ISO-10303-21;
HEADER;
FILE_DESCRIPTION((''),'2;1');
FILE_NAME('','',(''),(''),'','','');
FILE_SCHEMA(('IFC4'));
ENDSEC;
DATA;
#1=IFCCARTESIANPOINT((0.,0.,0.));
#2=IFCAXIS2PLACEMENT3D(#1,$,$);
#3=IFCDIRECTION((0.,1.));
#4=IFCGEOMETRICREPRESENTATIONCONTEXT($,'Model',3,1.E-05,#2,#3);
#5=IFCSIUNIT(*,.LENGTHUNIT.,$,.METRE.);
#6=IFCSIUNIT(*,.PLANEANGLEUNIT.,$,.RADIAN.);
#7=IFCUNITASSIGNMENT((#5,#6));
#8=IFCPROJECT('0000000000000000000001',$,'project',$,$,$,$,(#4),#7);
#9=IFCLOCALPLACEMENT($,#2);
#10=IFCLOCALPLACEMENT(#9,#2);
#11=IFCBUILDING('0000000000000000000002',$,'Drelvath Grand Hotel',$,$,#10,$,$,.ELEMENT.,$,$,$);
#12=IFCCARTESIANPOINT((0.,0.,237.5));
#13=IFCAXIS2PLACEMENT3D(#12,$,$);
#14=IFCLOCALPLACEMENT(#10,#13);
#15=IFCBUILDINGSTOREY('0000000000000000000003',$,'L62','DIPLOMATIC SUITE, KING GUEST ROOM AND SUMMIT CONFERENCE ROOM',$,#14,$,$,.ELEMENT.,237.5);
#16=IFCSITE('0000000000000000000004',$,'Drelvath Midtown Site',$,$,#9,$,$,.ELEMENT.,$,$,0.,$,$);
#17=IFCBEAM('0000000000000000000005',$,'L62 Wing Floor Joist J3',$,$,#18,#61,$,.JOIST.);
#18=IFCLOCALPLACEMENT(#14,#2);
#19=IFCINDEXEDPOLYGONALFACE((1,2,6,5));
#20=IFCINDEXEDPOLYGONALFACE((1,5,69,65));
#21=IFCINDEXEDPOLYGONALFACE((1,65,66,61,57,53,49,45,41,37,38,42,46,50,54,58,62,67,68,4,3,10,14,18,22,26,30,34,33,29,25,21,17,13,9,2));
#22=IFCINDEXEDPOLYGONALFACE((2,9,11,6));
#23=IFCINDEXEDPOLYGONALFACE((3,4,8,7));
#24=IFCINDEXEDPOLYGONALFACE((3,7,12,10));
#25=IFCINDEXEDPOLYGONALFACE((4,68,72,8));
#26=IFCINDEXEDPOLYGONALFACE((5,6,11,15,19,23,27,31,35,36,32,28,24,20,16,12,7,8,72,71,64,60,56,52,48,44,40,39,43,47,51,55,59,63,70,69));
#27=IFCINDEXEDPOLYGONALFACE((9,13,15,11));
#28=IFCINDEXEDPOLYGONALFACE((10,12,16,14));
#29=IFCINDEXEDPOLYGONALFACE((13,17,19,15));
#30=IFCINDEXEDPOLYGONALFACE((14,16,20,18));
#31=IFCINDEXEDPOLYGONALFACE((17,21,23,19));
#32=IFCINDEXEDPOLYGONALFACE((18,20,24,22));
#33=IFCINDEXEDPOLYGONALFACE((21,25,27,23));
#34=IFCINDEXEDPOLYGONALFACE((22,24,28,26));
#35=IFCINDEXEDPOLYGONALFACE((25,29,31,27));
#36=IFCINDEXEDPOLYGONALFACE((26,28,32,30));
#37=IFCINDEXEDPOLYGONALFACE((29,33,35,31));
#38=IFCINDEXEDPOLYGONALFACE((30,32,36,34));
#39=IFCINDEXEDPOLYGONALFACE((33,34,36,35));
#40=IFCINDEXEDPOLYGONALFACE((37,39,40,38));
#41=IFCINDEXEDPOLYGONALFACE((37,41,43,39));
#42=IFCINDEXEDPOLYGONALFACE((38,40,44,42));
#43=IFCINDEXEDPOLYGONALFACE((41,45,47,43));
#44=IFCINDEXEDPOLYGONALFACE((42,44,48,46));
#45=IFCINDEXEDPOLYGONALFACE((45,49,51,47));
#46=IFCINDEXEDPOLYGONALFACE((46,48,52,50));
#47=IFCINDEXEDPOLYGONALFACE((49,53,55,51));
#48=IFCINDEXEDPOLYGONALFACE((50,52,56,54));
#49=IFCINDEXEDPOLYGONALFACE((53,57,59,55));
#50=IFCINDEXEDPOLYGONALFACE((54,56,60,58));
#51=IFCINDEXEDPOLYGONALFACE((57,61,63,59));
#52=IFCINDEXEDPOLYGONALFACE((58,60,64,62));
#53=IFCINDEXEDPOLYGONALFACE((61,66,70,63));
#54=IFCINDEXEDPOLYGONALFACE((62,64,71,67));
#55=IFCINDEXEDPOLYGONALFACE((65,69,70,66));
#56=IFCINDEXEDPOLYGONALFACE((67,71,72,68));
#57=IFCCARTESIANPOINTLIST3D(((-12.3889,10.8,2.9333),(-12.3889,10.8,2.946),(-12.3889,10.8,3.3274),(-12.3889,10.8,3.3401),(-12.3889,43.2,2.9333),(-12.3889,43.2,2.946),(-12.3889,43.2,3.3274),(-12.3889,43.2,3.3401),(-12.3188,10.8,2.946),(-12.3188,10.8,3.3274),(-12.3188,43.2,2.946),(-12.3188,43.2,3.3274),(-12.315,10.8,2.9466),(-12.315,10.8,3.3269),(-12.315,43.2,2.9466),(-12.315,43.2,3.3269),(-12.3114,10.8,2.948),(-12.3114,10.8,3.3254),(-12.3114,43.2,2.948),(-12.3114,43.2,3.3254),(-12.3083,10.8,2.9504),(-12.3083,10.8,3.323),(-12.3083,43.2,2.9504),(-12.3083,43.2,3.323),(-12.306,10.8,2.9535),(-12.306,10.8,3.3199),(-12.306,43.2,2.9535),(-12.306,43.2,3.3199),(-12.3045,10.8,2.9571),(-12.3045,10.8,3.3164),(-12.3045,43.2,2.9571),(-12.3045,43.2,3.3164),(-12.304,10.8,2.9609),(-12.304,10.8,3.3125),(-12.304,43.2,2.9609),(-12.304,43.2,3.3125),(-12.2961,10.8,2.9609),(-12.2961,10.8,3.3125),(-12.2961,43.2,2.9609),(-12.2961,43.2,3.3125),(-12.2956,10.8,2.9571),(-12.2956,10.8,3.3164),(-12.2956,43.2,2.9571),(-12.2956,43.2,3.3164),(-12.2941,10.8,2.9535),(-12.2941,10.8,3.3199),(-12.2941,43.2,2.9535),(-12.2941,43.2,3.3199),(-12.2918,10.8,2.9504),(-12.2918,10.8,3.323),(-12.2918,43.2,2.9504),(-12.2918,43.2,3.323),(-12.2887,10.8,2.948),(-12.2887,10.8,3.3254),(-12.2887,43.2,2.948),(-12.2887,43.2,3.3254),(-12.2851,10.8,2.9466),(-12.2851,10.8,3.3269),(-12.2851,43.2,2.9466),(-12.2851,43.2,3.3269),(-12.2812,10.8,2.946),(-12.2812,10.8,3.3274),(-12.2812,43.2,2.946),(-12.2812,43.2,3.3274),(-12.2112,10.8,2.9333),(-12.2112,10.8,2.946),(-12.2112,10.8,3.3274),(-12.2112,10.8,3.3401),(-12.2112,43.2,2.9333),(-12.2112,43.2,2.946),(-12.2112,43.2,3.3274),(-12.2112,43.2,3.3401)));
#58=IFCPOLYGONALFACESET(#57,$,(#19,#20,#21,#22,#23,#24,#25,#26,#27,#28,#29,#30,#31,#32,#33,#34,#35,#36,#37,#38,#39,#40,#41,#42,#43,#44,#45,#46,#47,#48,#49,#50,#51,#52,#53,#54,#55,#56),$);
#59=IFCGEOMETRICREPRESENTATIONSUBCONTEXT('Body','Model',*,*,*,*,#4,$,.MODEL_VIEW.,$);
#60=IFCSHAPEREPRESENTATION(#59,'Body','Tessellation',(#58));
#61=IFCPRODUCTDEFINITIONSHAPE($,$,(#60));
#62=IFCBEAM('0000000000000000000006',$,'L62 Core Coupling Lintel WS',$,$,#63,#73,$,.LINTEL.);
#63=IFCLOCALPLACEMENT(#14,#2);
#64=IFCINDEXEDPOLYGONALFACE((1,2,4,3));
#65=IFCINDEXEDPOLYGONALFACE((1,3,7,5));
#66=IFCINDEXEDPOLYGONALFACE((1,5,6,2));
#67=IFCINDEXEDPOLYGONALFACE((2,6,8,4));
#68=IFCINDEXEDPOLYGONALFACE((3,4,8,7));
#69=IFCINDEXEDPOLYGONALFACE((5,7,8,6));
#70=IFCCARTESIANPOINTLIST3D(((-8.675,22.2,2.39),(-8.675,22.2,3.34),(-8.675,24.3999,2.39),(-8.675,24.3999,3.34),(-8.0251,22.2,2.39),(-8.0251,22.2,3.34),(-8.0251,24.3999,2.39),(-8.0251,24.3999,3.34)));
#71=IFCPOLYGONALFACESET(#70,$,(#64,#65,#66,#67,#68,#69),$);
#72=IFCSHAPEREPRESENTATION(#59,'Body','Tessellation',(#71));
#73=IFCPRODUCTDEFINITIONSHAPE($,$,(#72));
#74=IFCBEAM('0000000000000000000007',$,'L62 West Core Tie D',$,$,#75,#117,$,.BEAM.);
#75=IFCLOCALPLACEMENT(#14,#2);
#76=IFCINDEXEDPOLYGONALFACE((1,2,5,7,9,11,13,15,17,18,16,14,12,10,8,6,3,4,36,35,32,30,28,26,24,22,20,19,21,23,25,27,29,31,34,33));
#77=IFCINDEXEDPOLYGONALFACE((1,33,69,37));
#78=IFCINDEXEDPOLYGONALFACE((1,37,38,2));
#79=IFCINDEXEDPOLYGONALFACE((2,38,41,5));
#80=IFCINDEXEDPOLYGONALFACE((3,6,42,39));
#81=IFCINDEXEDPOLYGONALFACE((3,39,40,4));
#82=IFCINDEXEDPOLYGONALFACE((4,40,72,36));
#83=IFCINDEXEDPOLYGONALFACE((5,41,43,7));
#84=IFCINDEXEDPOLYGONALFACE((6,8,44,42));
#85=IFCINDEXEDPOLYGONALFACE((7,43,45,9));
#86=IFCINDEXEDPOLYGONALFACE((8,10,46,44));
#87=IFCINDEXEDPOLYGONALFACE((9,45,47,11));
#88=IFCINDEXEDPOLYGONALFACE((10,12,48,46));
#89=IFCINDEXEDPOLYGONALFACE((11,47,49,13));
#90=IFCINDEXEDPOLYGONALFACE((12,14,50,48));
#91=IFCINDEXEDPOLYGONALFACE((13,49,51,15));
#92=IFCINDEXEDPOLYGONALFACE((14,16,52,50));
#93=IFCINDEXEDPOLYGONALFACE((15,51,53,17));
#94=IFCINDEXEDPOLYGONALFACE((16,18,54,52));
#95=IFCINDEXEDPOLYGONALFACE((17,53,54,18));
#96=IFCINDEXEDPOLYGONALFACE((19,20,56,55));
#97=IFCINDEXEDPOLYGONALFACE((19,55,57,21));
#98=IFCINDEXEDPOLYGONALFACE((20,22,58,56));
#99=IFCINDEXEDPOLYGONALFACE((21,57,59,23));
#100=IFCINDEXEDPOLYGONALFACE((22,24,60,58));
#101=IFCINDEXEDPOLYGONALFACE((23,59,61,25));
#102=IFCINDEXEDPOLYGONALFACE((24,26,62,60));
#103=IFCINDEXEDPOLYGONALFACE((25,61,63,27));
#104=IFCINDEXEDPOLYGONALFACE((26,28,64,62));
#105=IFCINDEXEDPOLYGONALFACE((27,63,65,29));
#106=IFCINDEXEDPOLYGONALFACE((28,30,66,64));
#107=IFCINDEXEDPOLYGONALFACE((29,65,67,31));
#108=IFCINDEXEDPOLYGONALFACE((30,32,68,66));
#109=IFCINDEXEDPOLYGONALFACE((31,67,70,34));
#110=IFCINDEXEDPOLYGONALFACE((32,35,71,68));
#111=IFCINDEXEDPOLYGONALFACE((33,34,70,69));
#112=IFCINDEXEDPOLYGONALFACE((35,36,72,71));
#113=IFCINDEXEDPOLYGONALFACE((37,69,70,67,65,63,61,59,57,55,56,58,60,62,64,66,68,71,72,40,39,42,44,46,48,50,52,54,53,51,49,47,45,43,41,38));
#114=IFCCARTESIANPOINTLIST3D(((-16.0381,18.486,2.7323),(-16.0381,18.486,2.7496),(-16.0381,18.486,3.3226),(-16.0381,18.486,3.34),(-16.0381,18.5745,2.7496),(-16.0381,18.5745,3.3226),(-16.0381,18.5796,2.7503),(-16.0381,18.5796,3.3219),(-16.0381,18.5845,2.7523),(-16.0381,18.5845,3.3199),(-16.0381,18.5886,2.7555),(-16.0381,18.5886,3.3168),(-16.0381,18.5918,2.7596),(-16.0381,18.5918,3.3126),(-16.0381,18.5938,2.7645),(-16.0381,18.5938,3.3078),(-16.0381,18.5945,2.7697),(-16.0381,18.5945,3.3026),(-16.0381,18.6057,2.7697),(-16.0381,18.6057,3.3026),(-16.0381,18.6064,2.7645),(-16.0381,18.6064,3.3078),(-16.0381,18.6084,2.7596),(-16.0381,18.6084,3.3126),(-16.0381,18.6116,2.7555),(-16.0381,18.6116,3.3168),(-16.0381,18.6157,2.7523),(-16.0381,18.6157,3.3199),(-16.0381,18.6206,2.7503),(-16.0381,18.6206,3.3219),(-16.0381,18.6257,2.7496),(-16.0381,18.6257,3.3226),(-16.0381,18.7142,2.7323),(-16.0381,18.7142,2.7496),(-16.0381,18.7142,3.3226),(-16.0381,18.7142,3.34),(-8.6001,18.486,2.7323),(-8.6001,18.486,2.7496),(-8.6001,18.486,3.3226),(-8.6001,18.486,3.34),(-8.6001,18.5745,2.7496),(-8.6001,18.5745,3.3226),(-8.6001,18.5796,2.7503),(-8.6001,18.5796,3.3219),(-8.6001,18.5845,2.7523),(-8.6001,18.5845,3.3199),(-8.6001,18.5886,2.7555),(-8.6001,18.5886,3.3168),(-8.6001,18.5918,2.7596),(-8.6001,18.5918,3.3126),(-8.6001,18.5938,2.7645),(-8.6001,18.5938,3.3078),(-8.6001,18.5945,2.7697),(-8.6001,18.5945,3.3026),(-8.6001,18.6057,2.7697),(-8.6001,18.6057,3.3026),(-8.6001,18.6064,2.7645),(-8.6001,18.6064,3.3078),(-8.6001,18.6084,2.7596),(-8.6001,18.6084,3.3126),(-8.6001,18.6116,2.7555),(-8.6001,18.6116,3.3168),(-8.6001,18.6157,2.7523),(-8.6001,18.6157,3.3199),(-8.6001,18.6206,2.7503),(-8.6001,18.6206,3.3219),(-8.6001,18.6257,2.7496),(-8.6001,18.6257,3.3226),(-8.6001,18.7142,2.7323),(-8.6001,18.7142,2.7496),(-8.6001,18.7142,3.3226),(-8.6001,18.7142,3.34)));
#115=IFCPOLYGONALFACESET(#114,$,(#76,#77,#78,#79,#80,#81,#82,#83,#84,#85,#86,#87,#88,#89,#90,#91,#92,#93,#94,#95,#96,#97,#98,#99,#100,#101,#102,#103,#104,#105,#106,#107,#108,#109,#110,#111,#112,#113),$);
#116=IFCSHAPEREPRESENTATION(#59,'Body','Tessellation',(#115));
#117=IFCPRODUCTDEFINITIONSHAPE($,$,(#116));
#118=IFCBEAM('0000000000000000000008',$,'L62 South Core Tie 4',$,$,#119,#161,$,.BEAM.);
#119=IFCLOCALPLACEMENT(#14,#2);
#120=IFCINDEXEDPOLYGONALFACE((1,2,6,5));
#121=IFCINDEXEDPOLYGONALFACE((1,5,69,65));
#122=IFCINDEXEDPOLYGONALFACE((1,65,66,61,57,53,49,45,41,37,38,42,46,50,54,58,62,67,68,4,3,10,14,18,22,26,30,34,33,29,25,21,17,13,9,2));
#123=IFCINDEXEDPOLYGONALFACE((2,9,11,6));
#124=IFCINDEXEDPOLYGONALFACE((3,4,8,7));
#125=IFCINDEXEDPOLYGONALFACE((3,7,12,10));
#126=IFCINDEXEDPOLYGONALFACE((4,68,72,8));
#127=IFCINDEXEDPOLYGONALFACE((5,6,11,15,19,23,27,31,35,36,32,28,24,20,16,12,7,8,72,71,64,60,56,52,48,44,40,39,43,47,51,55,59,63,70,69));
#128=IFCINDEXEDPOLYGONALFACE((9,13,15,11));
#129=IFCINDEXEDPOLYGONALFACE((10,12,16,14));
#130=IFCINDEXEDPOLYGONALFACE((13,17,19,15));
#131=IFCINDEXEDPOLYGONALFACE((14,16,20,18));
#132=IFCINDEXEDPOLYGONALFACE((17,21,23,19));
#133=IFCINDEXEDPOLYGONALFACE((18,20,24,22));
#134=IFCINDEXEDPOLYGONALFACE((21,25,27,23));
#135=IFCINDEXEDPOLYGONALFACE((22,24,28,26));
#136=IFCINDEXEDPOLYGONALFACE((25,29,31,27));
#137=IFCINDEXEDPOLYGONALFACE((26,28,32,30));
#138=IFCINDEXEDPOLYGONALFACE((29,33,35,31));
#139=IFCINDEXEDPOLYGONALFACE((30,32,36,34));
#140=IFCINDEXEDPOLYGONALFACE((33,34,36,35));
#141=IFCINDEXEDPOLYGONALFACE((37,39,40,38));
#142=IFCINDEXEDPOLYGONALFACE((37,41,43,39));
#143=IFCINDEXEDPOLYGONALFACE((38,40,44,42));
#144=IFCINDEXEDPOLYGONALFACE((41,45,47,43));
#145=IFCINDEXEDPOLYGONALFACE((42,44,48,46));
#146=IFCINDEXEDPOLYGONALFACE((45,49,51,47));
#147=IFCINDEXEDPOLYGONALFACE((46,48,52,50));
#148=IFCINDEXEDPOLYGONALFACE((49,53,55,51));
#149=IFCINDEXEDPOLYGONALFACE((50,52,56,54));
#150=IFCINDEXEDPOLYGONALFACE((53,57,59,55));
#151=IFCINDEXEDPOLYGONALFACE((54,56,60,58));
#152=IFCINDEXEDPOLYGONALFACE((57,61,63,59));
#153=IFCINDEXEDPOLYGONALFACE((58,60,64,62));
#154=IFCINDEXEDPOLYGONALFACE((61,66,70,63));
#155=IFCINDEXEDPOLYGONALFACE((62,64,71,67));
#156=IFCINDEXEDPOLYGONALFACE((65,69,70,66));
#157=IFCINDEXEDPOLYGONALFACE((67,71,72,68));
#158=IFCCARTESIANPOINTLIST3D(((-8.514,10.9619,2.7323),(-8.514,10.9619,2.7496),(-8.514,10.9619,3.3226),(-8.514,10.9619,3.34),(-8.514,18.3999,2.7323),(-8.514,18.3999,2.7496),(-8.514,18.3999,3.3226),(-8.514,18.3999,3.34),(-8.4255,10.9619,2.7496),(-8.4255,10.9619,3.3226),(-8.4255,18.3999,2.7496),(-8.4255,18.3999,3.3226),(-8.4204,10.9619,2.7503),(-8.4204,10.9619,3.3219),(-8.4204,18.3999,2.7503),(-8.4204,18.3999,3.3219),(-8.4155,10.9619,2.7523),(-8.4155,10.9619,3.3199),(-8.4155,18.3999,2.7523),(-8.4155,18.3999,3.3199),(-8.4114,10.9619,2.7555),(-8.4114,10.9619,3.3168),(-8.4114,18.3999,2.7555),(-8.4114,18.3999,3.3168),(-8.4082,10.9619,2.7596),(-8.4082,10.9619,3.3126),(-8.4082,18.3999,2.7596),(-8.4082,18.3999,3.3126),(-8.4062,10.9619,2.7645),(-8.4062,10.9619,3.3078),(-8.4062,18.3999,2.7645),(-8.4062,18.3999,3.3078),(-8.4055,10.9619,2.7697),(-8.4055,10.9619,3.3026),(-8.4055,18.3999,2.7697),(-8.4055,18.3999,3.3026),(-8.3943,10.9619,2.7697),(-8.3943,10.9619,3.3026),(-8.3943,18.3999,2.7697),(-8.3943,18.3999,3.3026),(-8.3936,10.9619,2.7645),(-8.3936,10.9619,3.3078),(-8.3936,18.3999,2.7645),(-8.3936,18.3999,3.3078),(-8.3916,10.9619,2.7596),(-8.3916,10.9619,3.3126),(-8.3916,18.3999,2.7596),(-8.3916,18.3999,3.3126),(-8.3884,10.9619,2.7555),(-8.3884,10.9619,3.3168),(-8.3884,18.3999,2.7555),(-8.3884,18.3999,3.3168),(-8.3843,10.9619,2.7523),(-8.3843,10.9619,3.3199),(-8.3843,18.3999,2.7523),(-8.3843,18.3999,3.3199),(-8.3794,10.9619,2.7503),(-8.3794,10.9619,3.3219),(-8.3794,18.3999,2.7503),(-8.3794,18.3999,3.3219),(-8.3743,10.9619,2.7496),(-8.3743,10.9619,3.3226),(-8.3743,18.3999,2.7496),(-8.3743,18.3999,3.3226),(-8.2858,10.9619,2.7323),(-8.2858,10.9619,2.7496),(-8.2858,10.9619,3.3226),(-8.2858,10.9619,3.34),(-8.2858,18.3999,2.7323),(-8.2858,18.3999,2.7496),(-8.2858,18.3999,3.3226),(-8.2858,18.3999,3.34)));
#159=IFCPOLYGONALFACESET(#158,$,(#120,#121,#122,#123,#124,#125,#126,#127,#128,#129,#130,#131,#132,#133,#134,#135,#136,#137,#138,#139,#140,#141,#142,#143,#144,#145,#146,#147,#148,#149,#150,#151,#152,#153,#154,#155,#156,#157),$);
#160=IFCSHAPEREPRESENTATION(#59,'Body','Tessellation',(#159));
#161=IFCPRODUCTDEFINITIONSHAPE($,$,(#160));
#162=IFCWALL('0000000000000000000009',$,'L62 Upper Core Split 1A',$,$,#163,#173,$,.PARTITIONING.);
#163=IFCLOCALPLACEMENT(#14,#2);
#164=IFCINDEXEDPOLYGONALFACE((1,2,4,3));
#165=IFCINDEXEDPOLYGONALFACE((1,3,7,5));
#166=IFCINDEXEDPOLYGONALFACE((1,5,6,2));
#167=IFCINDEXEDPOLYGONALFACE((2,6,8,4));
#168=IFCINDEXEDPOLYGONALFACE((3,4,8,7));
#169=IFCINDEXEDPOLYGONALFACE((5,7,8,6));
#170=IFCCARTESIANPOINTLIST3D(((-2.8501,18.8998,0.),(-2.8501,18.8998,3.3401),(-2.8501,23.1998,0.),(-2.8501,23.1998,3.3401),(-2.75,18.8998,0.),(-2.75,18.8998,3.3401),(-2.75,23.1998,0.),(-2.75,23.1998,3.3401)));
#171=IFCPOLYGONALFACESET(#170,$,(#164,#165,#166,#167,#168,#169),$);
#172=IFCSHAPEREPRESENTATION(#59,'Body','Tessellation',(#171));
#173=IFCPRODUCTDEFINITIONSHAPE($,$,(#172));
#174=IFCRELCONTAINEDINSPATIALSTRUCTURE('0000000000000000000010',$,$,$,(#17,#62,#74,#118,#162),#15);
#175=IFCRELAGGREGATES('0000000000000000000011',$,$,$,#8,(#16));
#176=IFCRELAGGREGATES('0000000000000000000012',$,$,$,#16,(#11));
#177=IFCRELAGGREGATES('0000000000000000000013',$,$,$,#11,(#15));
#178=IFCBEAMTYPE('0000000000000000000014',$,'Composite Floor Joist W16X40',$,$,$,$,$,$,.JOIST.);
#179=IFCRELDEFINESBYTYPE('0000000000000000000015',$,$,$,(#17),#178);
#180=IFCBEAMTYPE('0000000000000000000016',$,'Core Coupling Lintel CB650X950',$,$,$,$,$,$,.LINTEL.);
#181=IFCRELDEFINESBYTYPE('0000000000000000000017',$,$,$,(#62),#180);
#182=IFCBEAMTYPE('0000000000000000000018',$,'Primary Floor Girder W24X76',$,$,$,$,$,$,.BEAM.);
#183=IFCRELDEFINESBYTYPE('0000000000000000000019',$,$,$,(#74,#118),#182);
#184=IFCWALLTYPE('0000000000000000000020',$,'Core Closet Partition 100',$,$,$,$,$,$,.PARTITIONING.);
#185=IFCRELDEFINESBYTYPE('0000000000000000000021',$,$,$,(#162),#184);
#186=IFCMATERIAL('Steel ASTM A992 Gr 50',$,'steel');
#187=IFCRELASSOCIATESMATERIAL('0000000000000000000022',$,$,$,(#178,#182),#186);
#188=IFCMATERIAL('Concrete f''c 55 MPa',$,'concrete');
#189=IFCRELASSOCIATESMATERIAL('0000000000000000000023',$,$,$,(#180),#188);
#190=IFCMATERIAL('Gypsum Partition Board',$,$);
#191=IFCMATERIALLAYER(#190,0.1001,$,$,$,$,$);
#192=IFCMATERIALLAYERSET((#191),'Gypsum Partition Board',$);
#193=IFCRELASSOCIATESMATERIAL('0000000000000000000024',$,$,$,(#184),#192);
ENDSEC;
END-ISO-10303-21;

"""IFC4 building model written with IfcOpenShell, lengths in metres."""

from ifc_helpers import new_model, si_unit, direction, frame, frame_2d, origin, origin_2d, place, context, subcontext, project, spatial, rectangle, i_section, extrude, material, layer, layer_set, material_profile, profile_set, type_object, element, save


model = new_model("IFC4")

# Units and contexts
model_context = context("Model", 3, precision=1e-05, world=origin(), true_north=direction((0.0, 1.0)))
body_context = subcontext(model_context, "Body", "Model", "MODEL_VIEW")
ifc_project = project(units=[si_unit("LENGTHUNIT", "METRE"), si_unit("PLANEANGLEUNIT", "RADIAN")], contexts=[model_context])

# Site, building, storey
site_placement = place(None, origin())
site = spatial("IfcSite", under=ifc_project, at=site_placement, Name="Drelvath Midtown Site", CompositionType="ELEMENT", RefElevation=0.0)
building_placement = place(site_placement, origin())
building = spatial("IfcBuilding", under=site, at=building_placement, Name="Drelvath Grand Hotel", CompositionType="ELEMENT")
storey_placement = place(building_placement, frame((0.0, 0.0, 237.5)))
storey = spatial("IfcBuildingStorey", under=building, at=storey_placement, Name="L62", Description="DIPLOMATIC SUITE, KING GUEST ROOM AND SUMMIT CONFERENCE ROOM", CompositionType="ELEMENT", Elevation=237.5)

# Beams
ifc_material_1 = material(Name="Steel ASTM A992 Gr 50", Category="steel")
ifc_material_profile_1 = material_profile(ifc_material_1, i_section(OverallWidth=0.1777, OverallDepth=0.4067, WebThickness=0.0078, FlangeThickness=0.0127, FilletRadius=0.0149, at=origin_2d()), Name="W16X40")
ifc_profile_set_1 = profile_set([ifc_material_profile_1], Name="Steel ASTM A992 Gr 50")
beam_type_1 = type_object("IfcBeamType", Name="Composite Floor Joist W16X40", PredefinedType="JOIST", material=ifc_profile_set_1)
beam_1_placement = place(storey_placement, frame((-12.3, 10.8, 3.1367), z_axis=(0.0, 1.0, 0.0), x_axis=(-1.0, 0.0, 0.0)))
element("IfcBeam", 1, at=beam_1_placement, inside=storey, type_object=beam_type_1, Name="L62 Wing Floor Joist J3", PredefinedType="JOIST", context=body_context, shape_type="SweptSolid", body=[
    extrude(i_section(OverallWidth=0.1777, OverallDepth=0.4067, WebThickness=0.0078, FlangeThickness=0.0127, FilletRadius=0.0149, at=origin_2d()), origin(), (0.0, 0.0, 1.0), 32.3999),
])
ifc_material_2 = material(Name="Concrete f'c 55 MPa", Category="concrete")
ifc_material_profile_2 = material_profile(ifc_material_2, rectangle(XDim=0.6499, YDim=0.95, at=origin_2d()), Name="CB650X950")
ifc_profile_set_2 = profile_set([ifc_material_profile_2], Name="Concrete f'c 55 MPa")
beam_type_2 = type_object("IfcBeamType", Name="Core Coupling Lintel CB650X950", PredefinedType="LINTEL", material=ifc_profile_set_2)
beam_2_placement = place(storey_placement, frame((-8.3501, 22.2, 2.865), z_axis=(0.0, 1.0, 0.0), x_axis=(-1.0, 0.0, 0.0)))
element("IfcBeam", 2, at=beam_2_placement, inside=storey, type_object=beam_type_2, Name="L62 Core Coupling Lintel WS", PredefinedType="LINTEL", context=body_context, shape_type="SweptSolid", body=[
    extrude(rectangle(XDim=0.6499, YDim=0.95, at=origin_2d()), origin(), (0.0, 0.0, 1.0), 2.2),
])
ifc_material_profile_3 = material_profile(ifc_material_1, i_section(OverallWidth=0.2283, OverallDepth=0.6077, WebThickness=0.0112, FlangeThickness=0.0173, FilletRadius=0.02, at=origin_2d()), Name="W24X76")
ifc_profile_set_3 = profile_set([ifc_material_profile_3], Name="Steel ASTM A992 Gr 50")
beam_type_3 = type_object("IfcBeamType", Name="Primary Floor Girder W24X76", PredefinedType="BEAM", material=ifc_profile_set_3)
for number, where, z_axis, x_axis, name in (
    (3, (-16.0381, 18.6001, 3.0361), (1.0, 0.0, 0.0), (0.0, 1.0, 0.0), "L62 West Core Tie D"),
    (4, (-8.3999, 10.9619, 3.0361), (0.0, 1.0, 0.0), (-1.0, 0.0, 0.0), "L62 South Core Tie 4"),
):
    element("IfcBeam", number, at=place(storey_placement, frame(where, z_axis=z_axis, x_axis=x_axis)), inside=storey, type_object=beam_type_3, Name=name, PredefinedType="BEAM", context=body_context, shape_type="SweptSolid", body=[
        extrude(i_section(OverallWidth=0.2283, OverallDepth=0.6077, WebThickness=0.0112, FlangeThickness=0.0173, FilletRadius=0.02, at=origin_2d()), origin(), (0.0, 0.0, 1.0), 7.438),
    ])

# Wall
ifc_material_3 = material(Name="Gypsum Partition Board")
ifc_layer_1 = layer(ifc_material_3, 0.1001)
ifc_layer_set_1 = layer_set([ifc_layer_1], Name="Gypsum Partition Board")
wall_type_1 = type_object("IfcWallType", Name="Core Closet Partition 100", PredefinedType="PARTITIONING", material=ifc_layer_set_1)
wall_1_placement = place(storey_placement, frame((-2.8, 18.8999, 0.0), z_axis=(0.0, 0.0, 1.0), x_axis=(0.0, 1.0, 0.0)))
element("IfcWall", 5, at=wall_1_placement, inside=storey, type_object=wall_type_1, Name="L62 Upper Core Split 1A", PredefinedType="PARTITIONING", context=body_context, shape_type="SweptSolid", body=[
    extrude(rectangle(XDim=4.3, YDim=0.1001, at=frame_2d((2.1499, 0.0))), origin(), (0.0, 0.0, 1.0), 3.3401),
])

save(model, "model.ifc")
